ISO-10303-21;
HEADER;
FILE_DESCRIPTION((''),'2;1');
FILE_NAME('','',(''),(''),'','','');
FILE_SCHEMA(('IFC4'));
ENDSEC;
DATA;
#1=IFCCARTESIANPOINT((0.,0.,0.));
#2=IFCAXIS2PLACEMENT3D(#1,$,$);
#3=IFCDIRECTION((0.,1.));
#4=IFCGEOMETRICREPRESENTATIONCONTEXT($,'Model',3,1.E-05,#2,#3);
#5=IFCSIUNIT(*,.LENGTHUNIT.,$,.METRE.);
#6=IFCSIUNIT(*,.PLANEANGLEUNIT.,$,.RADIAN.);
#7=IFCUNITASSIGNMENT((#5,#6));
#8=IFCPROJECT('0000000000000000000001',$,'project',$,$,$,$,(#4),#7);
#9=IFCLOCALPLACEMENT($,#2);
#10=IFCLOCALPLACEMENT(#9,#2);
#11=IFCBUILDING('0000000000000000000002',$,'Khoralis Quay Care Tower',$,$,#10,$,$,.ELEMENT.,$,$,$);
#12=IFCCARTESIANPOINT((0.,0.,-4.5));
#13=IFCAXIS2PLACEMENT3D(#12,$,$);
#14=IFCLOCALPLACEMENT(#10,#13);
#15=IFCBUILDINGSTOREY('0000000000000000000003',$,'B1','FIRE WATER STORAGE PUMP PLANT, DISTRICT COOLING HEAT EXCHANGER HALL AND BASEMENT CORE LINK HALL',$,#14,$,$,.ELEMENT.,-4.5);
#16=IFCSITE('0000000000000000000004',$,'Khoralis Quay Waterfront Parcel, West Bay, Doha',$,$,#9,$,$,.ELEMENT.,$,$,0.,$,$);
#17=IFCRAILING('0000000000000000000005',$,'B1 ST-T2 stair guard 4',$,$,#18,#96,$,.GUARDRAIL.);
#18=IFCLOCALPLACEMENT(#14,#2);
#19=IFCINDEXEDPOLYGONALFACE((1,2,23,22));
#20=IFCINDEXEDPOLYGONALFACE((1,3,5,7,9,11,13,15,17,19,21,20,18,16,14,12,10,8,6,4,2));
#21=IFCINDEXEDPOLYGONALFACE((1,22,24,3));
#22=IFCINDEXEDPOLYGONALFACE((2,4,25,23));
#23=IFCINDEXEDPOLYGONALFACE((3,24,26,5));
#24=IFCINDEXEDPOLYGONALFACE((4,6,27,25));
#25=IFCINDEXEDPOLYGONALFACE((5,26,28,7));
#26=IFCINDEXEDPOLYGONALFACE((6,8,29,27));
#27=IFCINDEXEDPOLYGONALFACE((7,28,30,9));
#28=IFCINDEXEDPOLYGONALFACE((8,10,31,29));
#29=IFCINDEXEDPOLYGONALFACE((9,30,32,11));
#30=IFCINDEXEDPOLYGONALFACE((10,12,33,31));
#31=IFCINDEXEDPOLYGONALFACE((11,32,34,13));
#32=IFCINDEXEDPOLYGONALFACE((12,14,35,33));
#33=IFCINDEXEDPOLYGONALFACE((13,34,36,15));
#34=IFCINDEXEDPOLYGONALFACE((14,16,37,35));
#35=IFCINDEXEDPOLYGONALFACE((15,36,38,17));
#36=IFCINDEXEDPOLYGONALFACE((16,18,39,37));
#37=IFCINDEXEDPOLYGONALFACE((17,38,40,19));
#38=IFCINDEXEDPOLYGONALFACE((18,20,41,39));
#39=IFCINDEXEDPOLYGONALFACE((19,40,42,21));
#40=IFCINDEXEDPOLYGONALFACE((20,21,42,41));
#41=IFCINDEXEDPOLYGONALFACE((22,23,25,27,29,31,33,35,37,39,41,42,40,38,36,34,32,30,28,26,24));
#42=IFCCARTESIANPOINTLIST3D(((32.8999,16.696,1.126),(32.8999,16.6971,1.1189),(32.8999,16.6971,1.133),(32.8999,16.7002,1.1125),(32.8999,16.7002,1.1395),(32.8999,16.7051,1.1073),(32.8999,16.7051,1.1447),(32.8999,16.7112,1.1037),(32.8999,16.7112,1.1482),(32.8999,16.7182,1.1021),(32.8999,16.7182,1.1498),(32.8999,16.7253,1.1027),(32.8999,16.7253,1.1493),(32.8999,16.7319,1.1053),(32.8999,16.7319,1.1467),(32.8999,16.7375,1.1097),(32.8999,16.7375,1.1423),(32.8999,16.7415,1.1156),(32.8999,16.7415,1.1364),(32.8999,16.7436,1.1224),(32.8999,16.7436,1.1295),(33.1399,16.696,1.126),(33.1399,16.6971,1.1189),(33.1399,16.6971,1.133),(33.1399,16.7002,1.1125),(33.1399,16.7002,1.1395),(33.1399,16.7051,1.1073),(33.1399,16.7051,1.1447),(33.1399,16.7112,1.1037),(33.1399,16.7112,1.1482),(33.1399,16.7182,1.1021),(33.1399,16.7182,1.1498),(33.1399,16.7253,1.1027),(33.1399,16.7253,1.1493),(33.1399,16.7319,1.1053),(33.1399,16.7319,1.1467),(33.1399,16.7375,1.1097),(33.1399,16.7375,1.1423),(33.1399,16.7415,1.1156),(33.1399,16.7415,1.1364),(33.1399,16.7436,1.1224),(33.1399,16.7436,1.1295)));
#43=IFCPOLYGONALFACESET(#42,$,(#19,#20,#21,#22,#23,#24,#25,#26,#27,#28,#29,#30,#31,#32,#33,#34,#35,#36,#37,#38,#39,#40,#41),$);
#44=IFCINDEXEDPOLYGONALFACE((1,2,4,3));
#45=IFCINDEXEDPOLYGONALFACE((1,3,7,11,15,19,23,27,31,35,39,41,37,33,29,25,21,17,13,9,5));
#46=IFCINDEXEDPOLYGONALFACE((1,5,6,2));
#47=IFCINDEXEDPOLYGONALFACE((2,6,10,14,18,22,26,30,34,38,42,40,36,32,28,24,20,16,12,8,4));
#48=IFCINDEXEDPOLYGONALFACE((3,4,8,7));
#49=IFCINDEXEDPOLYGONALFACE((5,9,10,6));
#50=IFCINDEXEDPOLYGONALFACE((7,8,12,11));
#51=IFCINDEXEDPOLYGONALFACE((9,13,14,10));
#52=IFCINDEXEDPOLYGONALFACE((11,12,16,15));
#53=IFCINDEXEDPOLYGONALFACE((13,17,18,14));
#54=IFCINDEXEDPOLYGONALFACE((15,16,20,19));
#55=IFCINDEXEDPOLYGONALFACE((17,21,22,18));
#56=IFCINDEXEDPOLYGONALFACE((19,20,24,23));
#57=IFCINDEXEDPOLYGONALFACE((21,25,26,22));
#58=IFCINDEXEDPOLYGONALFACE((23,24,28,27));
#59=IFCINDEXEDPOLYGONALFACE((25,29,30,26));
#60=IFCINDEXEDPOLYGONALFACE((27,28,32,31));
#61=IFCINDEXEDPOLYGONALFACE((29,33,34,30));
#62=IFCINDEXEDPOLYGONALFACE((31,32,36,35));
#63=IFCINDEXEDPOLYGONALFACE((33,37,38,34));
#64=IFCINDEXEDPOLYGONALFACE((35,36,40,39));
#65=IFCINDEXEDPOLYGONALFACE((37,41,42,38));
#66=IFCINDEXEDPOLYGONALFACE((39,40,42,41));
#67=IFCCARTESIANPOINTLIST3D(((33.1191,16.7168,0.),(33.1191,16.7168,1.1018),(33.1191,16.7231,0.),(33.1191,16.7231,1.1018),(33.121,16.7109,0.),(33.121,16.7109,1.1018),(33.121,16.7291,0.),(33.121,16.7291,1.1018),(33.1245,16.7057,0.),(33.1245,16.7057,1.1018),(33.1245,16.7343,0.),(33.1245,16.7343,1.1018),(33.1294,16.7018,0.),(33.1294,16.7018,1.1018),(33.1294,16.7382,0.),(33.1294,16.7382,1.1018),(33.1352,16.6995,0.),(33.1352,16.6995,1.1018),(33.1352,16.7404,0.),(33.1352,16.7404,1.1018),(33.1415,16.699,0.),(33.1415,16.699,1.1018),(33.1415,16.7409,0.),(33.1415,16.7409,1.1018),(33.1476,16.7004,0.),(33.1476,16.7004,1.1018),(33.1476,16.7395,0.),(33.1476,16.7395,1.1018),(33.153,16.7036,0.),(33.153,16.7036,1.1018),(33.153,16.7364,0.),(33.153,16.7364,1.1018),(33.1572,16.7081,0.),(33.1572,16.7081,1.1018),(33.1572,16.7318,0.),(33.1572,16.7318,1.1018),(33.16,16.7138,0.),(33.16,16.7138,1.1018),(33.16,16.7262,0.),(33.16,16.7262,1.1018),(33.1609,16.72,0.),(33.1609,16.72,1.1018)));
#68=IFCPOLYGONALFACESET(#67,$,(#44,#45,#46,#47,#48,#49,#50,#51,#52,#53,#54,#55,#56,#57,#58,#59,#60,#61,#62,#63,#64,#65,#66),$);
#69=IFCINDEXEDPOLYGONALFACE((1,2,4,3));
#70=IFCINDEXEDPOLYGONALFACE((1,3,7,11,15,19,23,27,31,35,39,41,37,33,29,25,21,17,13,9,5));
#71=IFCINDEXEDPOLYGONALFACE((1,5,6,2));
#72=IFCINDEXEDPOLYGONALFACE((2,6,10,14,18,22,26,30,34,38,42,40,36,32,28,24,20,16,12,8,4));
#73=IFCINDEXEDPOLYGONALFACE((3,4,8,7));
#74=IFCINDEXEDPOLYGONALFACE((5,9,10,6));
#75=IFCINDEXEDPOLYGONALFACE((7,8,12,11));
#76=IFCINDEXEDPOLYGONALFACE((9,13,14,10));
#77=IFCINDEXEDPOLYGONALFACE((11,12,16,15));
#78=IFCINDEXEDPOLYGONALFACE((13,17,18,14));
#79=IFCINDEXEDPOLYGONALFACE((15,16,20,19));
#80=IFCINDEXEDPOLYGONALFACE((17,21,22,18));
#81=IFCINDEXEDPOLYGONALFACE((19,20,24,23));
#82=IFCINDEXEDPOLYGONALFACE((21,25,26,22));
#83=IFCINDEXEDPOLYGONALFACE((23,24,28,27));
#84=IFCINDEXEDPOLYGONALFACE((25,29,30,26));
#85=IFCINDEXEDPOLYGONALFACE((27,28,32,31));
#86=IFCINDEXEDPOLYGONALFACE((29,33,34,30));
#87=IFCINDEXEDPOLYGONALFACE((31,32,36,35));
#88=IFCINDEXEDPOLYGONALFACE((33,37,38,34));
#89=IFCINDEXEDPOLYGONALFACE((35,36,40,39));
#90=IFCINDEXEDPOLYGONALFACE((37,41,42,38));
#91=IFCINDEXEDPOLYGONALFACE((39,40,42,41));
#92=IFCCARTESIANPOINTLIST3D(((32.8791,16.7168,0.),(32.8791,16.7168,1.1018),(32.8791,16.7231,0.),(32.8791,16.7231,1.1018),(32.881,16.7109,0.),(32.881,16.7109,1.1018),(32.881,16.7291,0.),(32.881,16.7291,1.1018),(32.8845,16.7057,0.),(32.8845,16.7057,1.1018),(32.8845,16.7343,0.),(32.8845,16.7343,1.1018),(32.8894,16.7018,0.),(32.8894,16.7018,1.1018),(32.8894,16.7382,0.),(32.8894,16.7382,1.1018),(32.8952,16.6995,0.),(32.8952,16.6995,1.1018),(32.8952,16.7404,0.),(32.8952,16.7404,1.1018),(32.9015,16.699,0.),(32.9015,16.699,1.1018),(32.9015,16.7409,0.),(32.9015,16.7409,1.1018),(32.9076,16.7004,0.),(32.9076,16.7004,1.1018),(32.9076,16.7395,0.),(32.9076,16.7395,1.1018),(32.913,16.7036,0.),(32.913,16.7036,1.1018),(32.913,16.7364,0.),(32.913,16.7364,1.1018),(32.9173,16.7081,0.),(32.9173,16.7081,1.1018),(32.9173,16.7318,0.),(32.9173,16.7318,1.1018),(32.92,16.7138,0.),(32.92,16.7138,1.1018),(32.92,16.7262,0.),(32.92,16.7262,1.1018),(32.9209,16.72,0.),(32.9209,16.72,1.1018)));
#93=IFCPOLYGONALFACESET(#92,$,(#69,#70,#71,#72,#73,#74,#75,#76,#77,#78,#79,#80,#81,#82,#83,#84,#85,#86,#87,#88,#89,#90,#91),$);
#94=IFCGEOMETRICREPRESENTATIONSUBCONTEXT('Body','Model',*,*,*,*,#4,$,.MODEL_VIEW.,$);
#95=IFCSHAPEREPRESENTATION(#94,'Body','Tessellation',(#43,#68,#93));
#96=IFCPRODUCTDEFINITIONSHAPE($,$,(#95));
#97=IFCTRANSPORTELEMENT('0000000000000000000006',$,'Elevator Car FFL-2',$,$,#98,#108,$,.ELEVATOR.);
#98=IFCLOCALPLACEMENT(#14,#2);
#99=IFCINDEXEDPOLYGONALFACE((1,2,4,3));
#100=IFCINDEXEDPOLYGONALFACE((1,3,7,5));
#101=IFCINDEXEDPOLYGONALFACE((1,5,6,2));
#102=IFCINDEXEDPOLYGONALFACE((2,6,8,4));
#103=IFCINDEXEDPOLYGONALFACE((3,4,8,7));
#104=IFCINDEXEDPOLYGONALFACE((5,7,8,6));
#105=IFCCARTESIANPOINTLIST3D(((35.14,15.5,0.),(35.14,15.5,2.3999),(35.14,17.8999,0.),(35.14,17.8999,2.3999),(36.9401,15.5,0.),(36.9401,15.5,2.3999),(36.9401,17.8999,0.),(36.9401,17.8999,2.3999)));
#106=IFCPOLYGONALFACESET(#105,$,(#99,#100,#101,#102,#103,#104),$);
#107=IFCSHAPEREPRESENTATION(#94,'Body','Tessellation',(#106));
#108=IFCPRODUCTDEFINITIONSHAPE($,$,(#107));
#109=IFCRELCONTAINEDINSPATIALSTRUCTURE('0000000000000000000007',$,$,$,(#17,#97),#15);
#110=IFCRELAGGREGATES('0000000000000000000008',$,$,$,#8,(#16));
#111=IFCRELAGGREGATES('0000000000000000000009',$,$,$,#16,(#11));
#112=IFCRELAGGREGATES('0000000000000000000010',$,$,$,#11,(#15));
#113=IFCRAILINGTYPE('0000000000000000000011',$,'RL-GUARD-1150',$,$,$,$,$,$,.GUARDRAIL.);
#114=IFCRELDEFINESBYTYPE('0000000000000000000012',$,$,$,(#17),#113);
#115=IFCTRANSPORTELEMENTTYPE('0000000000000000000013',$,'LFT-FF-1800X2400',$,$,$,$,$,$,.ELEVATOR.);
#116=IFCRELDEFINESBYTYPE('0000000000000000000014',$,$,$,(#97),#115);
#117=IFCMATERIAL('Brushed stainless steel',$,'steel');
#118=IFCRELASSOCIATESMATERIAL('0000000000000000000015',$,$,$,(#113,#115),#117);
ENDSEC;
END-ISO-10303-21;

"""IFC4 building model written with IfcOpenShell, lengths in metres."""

from ifc_helpers import new_model, si_unit, direction, frame, origin, origin_2d, place, context, subcontext, project, spatial, rectangle, circle, extrude, source, transform, mapped, material, type_object, element, save


model = new_model("IFC4")

# Units and contexts
model_context = context("Model", 3, precision=1e-05, world=origin(), true_north=direction((0.0, 1.0)))
body_context = subcontext(model_context, "Body", "Model", "MODEL_VIEW")
ifc_project = project(units=[si_unit("LENGTHUNIT", "METRE"), si_unit("PLANEANGLEUNIT", "RADIAN")], contexts=[model_context])

# Site, building, storey
site_placement = place(None, origin())
site = spatial("IfcSite", under=ifc_project, at=site_placement, Name="Khoralis Quay Waterfront Parcel, West Bay, Doha", CompositionType="ELEMENT", RefElevation=0.0)
building_placement = place(site_placement, origin())
building = spatial("IfcBuilding", under=site, at=building_placement, Name="Khoralis Quay Care Tower", CompositionType="ELEMENT")
storey_placement = place(building_placement, frame((0.0, 0.0, -4.5)))
storey = spatial("IfcBuildingStorey", under=building, at=storey_placement, Name="B1", Description="FIRE WATER STORAGE PUMP PLANT, DISTRICT COOLING HEAT EXCHANGER HALL AND BASEMENT CORE LINK HALL", CompositionType="ELEMENT", Elevation=-4.5)

# Shared definitions
ifc_material_1 = material(Name="Brushed stainless steel", Category="steel")

# Railing
railing_type = type_object("IfcRailingType", Name="RL-GUARD-1150", PredefinedType="GUARDRAIL", material=ifc_material_1)
railing_1_placement = place(storey_placement, frame((33.1399, 16.72, 0.0)))
element("IfcRailing", 1, at=railing_1_placement, inside=storey, type_object=railing_type, Name="B1 ST-T2 stair guard 4", PredefinedType="GUARDRAIL", context=body_context, shape_type="SweptSolid", body=[
    extrude(circle(Radius=0.0239, at=origin_2d()), frame((0.0, 0.0, 1.126), z_axis=(-1.0, 0.0, 0.0), x_axis=(0.0, -1.0, 0.0)), (0.0, 0.0, 1.0), 0.24),
    extrude(circle(Radius=0.021, at=origin_2d()), origin(), (0.0, 0.0, 1.0), 1.1018),
    extrude(circle(Radius=0.021, at=origin_2d()), frame((-0.24, 0.0, 0.0)), (0.0, 0.0, 1.0), 1.1018),
])

# Transport element
transport_element_type = type_object("IfcTransportElementType", Name="LFT-FF-1800X2400", PredefinedType="ELEVATOR", material=ifc_material_1)
shared_shape_1 = source(origin(), body_context, "Body", "SweptSolid", [
    extrude(rectangle(XDim=1.8, YDim=2.3999, at=origin_2d()), origin(), (0.0, 0.0, 1.0), 2.3999),
])
transport_element_placement = place(storey_placement, frame((36.04, 16.7, 0.0), z_axis=(0.0, 0.0, 1.0), x_axis=(1.0, 0.0, 0.0)))
element("IfcTransportElement", 2, at=transport_element_placement, inside=storey, type_object=transport_element_type, Name="Elevator Car FFL-2", PredefinedType="ELEVATOR", context=body_context, shape_type="MappedRepresentation", body=[
    mapped(shared_shape_1, transform((0.0, 0.0, 0.0), scale=1.0)),
])

save(model, "model.ifc")
